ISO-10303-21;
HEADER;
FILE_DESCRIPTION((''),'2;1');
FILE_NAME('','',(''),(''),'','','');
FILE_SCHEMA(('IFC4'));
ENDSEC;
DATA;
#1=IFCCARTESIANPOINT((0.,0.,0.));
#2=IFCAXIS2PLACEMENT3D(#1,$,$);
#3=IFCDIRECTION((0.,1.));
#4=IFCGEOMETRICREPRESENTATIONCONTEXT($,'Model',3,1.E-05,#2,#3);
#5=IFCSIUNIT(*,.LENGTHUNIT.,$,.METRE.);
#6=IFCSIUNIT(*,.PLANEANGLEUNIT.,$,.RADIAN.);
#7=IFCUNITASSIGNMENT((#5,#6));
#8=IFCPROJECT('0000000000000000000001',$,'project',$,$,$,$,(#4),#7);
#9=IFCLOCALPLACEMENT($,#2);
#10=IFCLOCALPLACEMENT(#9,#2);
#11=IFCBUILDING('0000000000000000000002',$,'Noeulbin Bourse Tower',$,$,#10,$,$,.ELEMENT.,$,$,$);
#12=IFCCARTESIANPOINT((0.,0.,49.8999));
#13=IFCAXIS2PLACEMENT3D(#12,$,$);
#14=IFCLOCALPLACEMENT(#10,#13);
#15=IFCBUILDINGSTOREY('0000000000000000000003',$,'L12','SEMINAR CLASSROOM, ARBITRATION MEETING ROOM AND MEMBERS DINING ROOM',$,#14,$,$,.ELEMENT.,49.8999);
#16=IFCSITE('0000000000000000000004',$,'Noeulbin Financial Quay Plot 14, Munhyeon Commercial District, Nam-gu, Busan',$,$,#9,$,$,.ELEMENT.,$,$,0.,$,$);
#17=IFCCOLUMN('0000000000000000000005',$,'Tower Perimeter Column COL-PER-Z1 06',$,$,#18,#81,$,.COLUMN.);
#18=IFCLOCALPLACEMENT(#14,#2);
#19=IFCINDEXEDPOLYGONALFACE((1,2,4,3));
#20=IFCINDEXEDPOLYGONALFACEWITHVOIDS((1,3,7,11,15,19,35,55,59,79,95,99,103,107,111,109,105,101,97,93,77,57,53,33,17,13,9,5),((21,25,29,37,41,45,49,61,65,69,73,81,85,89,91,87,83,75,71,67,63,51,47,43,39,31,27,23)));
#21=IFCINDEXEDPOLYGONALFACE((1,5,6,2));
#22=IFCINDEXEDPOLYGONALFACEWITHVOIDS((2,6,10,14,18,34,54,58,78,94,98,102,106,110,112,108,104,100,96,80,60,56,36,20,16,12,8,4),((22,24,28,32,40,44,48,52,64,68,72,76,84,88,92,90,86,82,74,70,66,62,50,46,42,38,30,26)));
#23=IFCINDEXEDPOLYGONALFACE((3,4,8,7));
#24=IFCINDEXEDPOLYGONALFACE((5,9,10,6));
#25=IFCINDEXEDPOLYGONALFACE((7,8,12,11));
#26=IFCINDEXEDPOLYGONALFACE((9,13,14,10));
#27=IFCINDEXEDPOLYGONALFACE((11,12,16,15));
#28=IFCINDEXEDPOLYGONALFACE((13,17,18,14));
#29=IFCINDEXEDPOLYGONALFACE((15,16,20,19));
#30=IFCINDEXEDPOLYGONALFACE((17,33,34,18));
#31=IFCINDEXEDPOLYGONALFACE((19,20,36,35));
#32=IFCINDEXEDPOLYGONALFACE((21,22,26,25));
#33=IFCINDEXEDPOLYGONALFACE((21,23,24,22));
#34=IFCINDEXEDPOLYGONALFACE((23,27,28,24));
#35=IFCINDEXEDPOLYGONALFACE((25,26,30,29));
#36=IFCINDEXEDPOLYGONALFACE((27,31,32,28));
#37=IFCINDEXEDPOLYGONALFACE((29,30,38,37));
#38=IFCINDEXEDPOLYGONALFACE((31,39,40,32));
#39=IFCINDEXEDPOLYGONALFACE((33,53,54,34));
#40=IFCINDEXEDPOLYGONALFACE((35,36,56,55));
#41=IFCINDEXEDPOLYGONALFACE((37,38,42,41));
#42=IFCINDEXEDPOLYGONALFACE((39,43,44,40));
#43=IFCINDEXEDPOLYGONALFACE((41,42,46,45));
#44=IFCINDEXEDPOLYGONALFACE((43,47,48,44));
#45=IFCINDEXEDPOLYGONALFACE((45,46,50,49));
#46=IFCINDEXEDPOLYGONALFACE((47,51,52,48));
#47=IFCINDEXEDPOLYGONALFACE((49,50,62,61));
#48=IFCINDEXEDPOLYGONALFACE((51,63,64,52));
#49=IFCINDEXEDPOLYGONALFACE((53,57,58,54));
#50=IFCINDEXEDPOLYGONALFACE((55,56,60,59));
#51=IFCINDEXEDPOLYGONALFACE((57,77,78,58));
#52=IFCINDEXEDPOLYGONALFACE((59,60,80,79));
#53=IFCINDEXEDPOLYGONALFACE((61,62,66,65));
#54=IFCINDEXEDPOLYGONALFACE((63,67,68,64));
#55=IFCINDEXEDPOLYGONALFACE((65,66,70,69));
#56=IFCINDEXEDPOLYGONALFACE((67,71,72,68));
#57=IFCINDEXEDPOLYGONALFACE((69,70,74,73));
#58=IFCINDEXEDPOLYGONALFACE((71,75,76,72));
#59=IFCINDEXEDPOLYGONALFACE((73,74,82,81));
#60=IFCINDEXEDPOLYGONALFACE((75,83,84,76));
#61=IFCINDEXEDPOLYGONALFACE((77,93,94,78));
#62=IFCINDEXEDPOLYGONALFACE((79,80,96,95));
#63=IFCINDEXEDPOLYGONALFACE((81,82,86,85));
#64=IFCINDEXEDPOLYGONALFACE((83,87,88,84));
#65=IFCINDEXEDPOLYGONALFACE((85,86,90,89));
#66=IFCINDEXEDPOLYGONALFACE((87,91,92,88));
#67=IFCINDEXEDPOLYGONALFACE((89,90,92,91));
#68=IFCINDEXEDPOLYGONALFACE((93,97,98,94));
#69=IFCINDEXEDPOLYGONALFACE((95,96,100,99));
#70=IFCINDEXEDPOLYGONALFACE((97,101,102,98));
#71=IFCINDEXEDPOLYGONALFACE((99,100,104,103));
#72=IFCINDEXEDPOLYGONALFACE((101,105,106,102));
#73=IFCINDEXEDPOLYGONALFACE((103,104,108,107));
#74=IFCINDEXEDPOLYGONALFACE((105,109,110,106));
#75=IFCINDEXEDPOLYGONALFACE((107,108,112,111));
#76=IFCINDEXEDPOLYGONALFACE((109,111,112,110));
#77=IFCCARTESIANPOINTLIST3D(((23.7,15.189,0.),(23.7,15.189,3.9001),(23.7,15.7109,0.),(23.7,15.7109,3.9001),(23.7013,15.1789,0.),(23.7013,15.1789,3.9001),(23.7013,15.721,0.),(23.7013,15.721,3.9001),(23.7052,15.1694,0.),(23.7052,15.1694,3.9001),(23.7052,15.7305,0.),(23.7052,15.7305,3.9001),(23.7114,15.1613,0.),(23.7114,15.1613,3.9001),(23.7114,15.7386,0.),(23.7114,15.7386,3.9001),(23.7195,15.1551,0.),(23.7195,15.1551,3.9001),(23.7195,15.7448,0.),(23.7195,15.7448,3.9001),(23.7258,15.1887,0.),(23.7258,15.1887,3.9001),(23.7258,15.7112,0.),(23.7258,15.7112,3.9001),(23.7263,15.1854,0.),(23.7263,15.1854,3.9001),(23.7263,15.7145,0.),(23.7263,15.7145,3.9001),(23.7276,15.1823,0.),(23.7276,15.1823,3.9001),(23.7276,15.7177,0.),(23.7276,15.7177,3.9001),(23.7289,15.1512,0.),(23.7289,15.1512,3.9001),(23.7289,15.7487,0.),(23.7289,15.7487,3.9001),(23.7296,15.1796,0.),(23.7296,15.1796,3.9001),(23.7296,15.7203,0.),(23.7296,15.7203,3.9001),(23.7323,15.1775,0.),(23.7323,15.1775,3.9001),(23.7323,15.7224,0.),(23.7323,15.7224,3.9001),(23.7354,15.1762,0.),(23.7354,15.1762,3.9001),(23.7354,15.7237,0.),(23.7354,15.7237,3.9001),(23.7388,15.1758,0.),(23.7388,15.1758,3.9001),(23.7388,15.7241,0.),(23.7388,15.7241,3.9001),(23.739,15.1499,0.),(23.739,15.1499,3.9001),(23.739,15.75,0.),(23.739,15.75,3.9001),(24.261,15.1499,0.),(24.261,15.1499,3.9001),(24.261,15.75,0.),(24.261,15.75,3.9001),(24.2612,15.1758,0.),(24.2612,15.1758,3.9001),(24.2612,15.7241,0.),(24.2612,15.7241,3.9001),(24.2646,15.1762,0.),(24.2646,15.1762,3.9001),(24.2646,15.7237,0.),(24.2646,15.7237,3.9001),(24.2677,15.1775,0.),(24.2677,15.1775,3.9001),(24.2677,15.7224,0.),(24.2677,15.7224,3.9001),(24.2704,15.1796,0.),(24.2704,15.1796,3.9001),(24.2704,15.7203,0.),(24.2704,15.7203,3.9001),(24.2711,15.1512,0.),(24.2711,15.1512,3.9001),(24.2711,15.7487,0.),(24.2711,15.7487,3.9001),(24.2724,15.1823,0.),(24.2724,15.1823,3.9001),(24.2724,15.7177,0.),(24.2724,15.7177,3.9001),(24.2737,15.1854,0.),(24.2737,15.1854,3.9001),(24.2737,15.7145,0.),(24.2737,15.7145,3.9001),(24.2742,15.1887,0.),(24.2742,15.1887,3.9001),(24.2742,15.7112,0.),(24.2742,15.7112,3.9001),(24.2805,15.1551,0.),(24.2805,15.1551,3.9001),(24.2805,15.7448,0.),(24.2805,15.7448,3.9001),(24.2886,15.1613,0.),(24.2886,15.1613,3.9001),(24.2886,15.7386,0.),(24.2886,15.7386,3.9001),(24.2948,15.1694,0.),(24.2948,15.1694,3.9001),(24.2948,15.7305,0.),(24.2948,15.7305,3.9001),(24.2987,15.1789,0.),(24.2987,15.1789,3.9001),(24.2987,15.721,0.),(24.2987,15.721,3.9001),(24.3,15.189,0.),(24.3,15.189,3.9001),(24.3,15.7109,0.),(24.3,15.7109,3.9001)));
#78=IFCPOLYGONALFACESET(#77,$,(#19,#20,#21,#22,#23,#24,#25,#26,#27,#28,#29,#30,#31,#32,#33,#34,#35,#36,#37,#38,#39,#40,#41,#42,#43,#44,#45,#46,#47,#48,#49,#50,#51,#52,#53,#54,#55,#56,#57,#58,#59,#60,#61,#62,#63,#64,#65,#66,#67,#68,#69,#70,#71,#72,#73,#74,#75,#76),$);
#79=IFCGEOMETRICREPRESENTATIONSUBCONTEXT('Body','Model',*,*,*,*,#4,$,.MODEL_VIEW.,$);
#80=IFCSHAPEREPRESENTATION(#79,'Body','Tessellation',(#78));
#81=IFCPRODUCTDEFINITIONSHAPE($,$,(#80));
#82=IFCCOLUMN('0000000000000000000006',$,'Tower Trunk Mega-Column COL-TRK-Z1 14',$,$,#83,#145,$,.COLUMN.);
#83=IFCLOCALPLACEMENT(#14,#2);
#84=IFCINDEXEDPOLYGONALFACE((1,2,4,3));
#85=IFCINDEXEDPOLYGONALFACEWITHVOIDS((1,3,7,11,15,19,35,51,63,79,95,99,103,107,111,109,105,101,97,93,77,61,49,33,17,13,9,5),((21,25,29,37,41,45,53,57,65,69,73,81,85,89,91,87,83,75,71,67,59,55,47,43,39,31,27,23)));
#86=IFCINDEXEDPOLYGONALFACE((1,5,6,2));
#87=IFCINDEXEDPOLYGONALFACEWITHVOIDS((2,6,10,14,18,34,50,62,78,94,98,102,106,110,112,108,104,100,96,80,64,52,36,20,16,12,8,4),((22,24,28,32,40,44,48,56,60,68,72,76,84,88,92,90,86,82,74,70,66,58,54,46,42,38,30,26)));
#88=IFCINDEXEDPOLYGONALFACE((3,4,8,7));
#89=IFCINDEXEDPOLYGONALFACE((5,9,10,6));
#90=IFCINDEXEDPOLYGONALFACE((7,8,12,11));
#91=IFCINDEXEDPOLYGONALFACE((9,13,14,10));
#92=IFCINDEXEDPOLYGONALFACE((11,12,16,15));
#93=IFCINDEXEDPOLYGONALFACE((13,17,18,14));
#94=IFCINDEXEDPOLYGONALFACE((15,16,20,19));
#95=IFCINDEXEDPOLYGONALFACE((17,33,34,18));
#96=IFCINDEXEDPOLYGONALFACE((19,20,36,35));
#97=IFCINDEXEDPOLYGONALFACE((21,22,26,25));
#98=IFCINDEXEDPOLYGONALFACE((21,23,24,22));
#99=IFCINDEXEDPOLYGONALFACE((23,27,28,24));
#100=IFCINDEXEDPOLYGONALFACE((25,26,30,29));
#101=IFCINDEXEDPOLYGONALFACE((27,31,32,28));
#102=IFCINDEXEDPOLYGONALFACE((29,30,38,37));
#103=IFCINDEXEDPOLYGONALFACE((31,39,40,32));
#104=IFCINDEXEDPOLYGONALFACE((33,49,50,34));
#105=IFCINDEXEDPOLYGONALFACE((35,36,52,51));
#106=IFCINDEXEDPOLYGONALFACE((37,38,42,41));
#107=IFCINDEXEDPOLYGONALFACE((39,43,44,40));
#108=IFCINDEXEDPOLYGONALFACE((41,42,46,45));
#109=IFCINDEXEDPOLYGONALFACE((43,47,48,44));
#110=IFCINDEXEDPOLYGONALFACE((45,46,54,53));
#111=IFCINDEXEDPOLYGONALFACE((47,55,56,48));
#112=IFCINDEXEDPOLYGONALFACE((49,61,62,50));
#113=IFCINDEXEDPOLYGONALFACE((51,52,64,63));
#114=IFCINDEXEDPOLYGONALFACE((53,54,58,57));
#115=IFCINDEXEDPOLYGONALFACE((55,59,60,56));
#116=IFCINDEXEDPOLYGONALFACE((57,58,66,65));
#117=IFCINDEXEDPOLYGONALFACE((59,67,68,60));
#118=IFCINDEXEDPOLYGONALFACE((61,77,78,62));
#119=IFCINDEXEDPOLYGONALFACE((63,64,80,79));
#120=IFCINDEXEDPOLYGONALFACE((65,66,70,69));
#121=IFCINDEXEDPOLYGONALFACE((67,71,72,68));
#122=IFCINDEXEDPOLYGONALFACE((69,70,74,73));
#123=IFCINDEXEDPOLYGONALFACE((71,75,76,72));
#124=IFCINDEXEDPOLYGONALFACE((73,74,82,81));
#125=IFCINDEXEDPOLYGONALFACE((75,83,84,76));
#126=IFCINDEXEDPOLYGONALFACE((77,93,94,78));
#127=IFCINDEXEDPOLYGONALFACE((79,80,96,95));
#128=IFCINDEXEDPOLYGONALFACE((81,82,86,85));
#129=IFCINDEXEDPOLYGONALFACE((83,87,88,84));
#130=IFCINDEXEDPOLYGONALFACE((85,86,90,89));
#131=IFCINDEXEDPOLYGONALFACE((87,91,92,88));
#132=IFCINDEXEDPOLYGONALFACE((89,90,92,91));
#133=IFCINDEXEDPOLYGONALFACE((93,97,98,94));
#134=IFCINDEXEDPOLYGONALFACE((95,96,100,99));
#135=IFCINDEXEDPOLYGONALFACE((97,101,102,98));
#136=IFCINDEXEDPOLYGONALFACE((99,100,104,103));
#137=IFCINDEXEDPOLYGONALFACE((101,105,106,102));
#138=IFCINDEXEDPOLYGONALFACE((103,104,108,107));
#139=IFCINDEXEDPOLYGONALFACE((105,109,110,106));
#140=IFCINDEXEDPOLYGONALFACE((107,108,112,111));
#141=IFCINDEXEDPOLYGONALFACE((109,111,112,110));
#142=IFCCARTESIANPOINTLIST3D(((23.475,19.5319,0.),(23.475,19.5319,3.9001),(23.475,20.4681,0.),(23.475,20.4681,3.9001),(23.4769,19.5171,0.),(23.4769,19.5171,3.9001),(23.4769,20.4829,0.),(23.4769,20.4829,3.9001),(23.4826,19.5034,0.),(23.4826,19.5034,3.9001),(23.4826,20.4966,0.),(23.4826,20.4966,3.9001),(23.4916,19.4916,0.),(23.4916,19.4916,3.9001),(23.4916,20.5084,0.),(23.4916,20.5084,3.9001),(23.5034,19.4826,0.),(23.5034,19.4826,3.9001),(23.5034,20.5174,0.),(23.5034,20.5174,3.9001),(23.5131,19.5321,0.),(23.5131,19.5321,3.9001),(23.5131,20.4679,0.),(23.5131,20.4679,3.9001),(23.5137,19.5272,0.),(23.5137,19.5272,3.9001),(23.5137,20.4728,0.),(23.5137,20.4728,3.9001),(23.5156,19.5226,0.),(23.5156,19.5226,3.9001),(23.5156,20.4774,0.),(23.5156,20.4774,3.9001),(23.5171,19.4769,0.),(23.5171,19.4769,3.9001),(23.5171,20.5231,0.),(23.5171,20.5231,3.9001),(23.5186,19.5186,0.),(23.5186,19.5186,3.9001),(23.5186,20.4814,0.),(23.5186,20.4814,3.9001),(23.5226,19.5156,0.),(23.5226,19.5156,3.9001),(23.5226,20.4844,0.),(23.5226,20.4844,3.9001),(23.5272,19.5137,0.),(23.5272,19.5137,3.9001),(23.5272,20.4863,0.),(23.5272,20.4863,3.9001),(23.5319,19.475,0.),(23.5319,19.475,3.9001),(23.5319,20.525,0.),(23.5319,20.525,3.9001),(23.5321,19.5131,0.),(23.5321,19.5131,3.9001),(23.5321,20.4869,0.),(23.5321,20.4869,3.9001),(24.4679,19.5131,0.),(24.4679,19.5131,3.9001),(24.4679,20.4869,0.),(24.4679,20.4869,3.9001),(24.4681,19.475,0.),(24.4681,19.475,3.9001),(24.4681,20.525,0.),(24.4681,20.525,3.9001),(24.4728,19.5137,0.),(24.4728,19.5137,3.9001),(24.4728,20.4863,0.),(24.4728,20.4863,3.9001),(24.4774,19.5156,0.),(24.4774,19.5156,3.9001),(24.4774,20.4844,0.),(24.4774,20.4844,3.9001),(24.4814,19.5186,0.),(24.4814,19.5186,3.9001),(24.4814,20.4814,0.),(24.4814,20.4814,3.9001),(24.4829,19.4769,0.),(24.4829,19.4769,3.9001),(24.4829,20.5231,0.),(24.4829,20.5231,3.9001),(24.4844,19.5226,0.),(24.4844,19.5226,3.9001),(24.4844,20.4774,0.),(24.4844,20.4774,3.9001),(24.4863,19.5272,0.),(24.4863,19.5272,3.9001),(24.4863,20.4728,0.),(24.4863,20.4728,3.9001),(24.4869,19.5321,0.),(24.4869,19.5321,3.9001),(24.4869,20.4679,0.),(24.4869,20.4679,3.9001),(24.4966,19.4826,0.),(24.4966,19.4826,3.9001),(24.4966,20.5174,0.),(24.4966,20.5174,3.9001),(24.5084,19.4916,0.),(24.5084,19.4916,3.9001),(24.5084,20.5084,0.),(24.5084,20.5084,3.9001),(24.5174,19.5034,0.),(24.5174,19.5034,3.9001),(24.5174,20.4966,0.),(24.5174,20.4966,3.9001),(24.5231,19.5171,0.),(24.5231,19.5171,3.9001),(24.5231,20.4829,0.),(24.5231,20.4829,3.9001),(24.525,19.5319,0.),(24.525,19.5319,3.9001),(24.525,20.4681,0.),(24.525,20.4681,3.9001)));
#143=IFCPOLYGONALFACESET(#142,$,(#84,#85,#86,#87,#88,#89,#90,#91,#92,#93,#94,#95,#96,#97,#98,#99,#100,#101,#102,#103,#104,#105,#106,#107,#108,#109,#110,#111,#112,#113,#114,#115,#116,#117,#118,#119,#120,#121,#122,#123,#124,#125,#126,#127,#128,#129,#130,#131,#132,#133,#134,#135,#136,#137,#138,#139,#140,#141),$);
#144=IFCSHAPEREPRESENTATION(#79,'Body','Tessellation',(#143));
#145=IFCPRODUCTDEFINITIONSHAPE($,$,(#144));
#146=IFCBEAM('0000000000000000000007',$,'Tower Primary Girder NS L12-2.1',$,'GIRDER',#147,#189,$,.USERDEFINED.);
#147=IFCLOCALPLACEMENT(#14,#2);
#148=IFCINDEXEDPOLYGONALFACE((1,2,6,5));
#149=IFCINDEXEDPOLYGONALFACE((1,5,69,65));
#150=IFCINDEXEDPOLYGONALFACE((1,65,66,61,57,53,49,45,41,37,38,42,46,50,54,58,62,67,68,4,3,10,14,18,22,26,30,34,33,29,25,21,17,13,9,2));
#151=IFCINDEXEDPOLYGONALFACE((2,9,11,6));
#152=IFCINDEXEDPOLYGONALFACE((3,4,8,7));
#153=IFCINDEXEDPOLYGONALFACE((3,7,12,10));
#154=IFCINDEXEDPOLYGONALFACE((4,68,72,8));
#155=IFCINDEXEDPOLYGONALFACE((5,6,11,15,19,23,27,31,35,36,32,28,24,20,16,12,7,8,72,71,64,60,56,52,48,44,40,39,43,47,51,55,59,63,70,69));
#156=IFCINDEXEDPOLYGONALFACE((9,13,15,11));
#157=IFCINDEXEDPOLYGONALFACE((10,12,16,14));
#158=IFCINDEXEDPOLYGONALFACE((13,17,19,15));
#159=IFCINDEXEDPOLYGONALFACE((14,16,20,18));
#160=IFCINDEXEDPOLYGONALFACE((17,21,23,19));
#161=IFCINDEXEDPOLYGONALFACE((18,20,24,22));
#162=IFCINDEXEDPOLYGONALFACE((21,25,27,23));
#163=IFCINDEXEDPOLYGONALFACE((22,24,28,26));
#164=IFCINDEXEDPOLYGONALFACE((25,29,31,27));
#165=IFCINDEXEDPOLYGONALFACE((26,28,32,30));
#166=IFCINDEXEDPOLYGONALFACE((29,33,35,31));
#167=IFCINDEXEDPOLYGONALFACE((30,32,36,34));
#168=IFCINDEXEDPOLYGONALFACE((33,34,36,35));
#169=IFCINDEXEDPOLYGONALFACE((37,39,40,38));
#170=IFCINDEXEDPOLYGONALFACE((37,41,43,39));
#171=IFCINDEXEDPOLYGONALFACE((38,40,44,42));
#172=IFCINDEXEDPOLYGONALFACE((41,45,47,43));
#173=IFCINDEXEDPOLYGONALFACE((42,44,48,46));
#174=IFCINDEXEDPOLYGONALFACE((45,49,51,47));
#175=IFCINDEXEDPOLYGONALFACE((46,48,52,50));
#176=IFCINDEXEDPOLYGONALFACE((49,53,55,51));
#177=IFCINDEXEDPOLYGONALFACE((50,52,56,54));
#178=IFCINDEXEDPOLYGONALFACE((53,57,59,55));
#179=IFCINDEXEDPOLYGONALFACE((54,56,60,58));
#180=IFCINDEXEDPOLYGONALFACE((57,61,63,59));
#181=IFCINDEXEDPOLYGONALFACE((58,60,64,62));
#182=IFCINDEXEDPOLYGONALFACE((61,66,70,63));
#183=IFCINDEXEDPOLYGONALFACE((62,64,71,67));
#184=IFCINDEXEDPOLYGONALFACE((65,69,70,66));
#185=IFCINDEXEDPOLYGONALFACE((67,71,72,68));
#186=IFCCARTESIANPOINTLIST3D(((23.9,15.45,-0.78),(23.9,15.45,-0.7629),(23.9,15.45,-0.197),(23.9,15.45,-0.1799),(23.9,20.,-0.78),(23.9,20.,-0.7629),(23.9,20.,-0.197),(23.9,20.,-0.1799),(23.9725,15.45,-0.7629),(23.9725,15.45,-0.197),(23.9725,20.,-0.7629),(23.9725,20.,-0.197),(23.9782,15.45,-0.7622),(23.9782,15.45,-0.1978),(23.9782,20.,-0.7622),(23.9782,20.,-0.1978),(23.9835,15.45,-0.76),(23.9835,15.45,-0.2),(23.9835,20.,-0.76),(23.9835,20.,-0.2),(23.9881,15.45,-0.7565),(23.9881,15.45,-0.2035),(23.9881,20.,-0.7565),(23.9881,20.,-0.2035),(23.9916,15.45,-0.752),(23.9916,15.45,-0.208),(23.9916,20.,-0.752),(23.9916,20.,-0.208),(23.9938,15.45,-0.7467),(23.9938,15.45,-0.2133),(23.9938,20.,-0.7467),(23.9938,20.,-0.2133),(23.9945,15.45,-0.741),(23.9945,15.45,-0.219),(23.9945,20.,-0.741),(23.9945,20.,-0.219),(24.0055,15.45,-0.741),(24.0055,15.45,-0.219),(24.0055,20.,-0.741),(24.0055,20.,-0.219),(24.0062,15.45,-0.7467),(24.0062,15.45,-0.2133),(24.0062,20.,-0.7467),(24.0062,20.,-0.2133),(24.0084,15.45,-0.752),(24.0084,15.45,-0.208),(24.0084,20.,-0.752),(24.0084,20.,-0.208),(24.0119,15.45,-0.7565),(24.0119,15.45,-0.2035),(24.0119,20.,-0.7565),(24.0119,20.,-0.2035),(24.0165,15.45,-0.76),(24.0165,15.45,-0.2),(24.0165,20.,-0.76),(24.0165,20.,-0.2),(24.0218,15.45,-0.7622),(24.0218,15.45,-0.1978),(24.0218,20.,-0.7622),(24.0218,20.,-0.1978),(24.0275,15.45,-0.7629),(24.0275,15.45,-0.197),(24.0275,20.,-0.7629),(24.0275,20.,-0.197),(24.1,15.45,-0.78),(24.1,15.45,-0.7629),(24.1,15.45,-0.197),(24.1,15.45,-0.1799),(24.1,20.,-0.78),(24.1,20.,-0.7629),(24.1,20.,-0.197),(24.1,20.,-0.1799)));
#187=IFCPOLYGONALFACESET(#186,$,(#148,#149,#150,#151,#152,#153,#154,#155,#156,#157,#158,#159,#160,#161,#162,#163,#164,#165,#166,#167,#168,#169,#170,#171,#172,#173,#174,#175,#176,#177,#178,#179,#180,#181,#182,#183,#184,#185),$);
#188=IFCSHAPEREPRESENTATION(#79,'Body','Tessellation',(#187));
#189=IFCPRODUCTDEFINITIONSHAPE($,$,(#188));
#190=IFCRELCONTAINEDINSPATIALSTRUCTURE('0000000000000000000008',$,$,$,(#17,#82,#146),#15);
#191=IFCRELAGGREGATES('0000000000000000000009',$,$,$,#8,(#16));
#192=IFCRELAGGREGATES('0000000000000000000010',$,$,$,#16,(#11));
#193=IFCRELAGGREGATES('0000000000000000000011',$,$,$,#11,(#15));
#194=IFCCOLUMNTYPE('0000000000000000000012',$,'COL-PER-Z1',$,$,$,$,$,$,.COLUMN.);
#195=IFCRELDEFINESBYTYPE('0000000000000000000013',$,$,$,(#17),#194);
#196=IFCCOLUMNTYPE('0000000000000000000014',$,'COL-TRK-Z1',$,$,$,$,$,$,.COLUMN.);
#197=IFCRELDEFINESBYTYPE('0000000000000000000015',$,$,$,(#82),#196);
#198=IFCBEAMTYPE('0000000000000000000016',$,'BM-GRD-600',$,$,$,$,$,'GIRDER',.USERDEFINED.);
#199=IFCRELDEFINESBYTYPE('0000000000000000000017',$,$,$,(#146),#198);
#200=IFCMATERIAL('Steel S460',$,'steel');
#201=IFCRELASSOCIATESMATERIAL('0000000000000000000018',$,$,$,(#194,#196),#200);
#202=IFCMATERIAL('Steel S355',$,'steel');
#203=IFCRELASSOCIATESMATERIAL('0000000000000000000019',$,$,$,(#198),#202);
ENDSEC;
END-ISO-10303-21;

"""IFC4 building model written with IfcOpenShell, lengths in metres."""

from ifc_helpers import new_model, si_unit, direction, frame, origin, origin_2d, place, context, subcontext, project, spatial, hollow_rectangle, i_section, extrude, material, material_profile, profile_set, type_object, element, save


model = new_model("IFC4")

# Units and contexts
model_context = context("Model", 3, precision=1e-05, world=origin(), true_north=direction((0.0, 1.0)))
body_context = subcontext(model_context, "Body", "Model", "MODEL_VIEW")
ifc_project = project(units=[si_unit("LENGTHUNIT", "METRE"), si_unit("PLANEANGLEUNIT", "RADIAN")], contexts=[model_context])

# Site, building, storey
site_placement = place(None, origin())
site = spatial("IfcSite", under=ifc_project, at=site_placement, Name="Noeulbin Financial Quay Plot 14, Munhyeon Commercial District, Nam-gu, Busan", CompositionType="ELEMENT", RefElevation=0.0)
building_placement = place(site_placement, origin())
building = spatial("IfcBuilding", under=site, at=building_placement, Name="Noeulbin Bourse Tower", CompositionType="ELEMENT")
storey_placement = place(building_placement, frame((0.0, 0.0, 49.8999)))
storey = spatial("IfcBuildingStorey", under=building, at=storey_placement, Name="L12", Description="SEMINAR CLASSROOM, ARBITRATION MEETING ROOM AND MEMBERS DINING ROOM", CompositionType="ELEMENT", Elevation=49.8999)

# Columns
ifc_material_1 = material(Name="Steel S460", Category="steel")
ifc_material_profile_1 = material_profile(ifc_material_1, hollow_rectangle(XDim=0.6001, YDim=0.6001, WallThickness=0.0259, InnerFilletRadius=0.0129, OuterFilletRadius=0.0391, at=origin_2d()), Name="BOX-600x600x26", Category="LoadBearing")
ifc_profile_set_1 = profile_set([ifc_material_profile_1], Name="Steel S460")
column_type_1 = type_object("IfcColumnType", Name="COL-PER-Z1", PredefinedType="COLUMN", material=ifc_profile_set_1)
column_1_placement = place(storey_placement, frame((24.0, 15.45, 0.0), z_axis=(0.0, 0.0, 1.0), x_axis=(1.0, 0.0, 0.0)))
element("IfcColumn", 1, at=column_1_placement, inside=storey, type_object=column_type_1, Name="Tower Perimeter Column COL-PER-Z1 06", PredefinedType="COLUMN", context=body_context, shape_type="SweptSolid", body=[
    extrude(hollow_rectangle(XDim=0.6001, YDim=0.6001, WallThickness=0.0259, InnerFilletRadius=0.0129, OuterFilletRadius=0.0391, at=origin_2d()), origin(), (0.0, 0.0, 1.0), 3.9001),
])
ifc_material_profile_2 = material_profile(ifc_material_1, hollow_rectangle(XDim=1.05, YDim=1.05, WallThickness=0.0381, InnerFilletRadius=0.019, OuterFilletRadius=0.0569, at=origin_2d()), Name="BOX-1050x1050x38", Category="LoadBearing")
ifc_profile_set_2 = profile_set([ifc_material_profile_2], Name="Steel S460")
column_type_2 = type_object("IfcColumnType", Name="COL-TRK-Z1", PredefinedType="COLUMN", material=ifc_profile_set_2)
column_2_placement = place(storey_placement, frame((24.0, 20.0, 0.0), z_axis=(0.0, 0.0, 1.0), x_axis=(1.0, 0.0, 0.0)))
element("IfcColumn", 2, at=column_2_placement, inside=storey, type_object=column_type_2, Name="Tower Trunk Mega-Column COL-TRK-Z1 14", PredefinedType="COLUMN", context=body_context, shape_type="SweptSolid", body=[
    extrude(hollow_rectangle(XDim=1.05, YDim=1.05, WallThickness=0.0381, InnerFilletRadius=0.019, OuterFilletRadius=0.0569, at=origin_2d()), origin(), (0.0, 0.0, 1.0), 3.9001),
])

# Beam
ifc_material_2 = material(Name="Steel S355", Category="steel")
ifc_material_profile_3 = material_profile(ifc_material_2, i_section(OverallWidth=0.2, OverallDepth=0.6001, WebThickness=0.011, FlangeThickness=0.0171, FilletRadius=0.022, at=origin_2d()), Name="H-600x200x11x17", Category="LoadBearing")
ifc_profile_set_3 = profile_set([ifc_material_profile_3], Name="Steel S355")
beam_type_1 = type_object("IfcBeamType", Name="BM-GRD-600", ElementType="GIRDER", PredefinedType="USERDEFINED", material=ifc_profile_set_3)
beam_1_placement = place(storey_placement, frame((24.0, 15.45, -0.48), z_axis=(0.0, 1.0, 0.0), x_axis=(-1.0, 0.0, 0.0)))
element("IfcBeam", 3, at=beam_1_placement, inside=storey, type_object=beam_type_1, Name="Tower Primary Girder NS L12-2.1", ObjectType="GIRDER", PredefinedType="USERDEFINED", context=body_context, shape_type="SweptSolid", body=[
    extrude(i_section(OverallWidth=0.2, OverallDepth=0.6001, WebThickness=0.011, FlangeThickness=0.0171, FilletRadius=0.022, at=origin_2d()), origin(), (0.0, 0.0, 1.0), 4.55),
])

save(model, "model.ifc")
